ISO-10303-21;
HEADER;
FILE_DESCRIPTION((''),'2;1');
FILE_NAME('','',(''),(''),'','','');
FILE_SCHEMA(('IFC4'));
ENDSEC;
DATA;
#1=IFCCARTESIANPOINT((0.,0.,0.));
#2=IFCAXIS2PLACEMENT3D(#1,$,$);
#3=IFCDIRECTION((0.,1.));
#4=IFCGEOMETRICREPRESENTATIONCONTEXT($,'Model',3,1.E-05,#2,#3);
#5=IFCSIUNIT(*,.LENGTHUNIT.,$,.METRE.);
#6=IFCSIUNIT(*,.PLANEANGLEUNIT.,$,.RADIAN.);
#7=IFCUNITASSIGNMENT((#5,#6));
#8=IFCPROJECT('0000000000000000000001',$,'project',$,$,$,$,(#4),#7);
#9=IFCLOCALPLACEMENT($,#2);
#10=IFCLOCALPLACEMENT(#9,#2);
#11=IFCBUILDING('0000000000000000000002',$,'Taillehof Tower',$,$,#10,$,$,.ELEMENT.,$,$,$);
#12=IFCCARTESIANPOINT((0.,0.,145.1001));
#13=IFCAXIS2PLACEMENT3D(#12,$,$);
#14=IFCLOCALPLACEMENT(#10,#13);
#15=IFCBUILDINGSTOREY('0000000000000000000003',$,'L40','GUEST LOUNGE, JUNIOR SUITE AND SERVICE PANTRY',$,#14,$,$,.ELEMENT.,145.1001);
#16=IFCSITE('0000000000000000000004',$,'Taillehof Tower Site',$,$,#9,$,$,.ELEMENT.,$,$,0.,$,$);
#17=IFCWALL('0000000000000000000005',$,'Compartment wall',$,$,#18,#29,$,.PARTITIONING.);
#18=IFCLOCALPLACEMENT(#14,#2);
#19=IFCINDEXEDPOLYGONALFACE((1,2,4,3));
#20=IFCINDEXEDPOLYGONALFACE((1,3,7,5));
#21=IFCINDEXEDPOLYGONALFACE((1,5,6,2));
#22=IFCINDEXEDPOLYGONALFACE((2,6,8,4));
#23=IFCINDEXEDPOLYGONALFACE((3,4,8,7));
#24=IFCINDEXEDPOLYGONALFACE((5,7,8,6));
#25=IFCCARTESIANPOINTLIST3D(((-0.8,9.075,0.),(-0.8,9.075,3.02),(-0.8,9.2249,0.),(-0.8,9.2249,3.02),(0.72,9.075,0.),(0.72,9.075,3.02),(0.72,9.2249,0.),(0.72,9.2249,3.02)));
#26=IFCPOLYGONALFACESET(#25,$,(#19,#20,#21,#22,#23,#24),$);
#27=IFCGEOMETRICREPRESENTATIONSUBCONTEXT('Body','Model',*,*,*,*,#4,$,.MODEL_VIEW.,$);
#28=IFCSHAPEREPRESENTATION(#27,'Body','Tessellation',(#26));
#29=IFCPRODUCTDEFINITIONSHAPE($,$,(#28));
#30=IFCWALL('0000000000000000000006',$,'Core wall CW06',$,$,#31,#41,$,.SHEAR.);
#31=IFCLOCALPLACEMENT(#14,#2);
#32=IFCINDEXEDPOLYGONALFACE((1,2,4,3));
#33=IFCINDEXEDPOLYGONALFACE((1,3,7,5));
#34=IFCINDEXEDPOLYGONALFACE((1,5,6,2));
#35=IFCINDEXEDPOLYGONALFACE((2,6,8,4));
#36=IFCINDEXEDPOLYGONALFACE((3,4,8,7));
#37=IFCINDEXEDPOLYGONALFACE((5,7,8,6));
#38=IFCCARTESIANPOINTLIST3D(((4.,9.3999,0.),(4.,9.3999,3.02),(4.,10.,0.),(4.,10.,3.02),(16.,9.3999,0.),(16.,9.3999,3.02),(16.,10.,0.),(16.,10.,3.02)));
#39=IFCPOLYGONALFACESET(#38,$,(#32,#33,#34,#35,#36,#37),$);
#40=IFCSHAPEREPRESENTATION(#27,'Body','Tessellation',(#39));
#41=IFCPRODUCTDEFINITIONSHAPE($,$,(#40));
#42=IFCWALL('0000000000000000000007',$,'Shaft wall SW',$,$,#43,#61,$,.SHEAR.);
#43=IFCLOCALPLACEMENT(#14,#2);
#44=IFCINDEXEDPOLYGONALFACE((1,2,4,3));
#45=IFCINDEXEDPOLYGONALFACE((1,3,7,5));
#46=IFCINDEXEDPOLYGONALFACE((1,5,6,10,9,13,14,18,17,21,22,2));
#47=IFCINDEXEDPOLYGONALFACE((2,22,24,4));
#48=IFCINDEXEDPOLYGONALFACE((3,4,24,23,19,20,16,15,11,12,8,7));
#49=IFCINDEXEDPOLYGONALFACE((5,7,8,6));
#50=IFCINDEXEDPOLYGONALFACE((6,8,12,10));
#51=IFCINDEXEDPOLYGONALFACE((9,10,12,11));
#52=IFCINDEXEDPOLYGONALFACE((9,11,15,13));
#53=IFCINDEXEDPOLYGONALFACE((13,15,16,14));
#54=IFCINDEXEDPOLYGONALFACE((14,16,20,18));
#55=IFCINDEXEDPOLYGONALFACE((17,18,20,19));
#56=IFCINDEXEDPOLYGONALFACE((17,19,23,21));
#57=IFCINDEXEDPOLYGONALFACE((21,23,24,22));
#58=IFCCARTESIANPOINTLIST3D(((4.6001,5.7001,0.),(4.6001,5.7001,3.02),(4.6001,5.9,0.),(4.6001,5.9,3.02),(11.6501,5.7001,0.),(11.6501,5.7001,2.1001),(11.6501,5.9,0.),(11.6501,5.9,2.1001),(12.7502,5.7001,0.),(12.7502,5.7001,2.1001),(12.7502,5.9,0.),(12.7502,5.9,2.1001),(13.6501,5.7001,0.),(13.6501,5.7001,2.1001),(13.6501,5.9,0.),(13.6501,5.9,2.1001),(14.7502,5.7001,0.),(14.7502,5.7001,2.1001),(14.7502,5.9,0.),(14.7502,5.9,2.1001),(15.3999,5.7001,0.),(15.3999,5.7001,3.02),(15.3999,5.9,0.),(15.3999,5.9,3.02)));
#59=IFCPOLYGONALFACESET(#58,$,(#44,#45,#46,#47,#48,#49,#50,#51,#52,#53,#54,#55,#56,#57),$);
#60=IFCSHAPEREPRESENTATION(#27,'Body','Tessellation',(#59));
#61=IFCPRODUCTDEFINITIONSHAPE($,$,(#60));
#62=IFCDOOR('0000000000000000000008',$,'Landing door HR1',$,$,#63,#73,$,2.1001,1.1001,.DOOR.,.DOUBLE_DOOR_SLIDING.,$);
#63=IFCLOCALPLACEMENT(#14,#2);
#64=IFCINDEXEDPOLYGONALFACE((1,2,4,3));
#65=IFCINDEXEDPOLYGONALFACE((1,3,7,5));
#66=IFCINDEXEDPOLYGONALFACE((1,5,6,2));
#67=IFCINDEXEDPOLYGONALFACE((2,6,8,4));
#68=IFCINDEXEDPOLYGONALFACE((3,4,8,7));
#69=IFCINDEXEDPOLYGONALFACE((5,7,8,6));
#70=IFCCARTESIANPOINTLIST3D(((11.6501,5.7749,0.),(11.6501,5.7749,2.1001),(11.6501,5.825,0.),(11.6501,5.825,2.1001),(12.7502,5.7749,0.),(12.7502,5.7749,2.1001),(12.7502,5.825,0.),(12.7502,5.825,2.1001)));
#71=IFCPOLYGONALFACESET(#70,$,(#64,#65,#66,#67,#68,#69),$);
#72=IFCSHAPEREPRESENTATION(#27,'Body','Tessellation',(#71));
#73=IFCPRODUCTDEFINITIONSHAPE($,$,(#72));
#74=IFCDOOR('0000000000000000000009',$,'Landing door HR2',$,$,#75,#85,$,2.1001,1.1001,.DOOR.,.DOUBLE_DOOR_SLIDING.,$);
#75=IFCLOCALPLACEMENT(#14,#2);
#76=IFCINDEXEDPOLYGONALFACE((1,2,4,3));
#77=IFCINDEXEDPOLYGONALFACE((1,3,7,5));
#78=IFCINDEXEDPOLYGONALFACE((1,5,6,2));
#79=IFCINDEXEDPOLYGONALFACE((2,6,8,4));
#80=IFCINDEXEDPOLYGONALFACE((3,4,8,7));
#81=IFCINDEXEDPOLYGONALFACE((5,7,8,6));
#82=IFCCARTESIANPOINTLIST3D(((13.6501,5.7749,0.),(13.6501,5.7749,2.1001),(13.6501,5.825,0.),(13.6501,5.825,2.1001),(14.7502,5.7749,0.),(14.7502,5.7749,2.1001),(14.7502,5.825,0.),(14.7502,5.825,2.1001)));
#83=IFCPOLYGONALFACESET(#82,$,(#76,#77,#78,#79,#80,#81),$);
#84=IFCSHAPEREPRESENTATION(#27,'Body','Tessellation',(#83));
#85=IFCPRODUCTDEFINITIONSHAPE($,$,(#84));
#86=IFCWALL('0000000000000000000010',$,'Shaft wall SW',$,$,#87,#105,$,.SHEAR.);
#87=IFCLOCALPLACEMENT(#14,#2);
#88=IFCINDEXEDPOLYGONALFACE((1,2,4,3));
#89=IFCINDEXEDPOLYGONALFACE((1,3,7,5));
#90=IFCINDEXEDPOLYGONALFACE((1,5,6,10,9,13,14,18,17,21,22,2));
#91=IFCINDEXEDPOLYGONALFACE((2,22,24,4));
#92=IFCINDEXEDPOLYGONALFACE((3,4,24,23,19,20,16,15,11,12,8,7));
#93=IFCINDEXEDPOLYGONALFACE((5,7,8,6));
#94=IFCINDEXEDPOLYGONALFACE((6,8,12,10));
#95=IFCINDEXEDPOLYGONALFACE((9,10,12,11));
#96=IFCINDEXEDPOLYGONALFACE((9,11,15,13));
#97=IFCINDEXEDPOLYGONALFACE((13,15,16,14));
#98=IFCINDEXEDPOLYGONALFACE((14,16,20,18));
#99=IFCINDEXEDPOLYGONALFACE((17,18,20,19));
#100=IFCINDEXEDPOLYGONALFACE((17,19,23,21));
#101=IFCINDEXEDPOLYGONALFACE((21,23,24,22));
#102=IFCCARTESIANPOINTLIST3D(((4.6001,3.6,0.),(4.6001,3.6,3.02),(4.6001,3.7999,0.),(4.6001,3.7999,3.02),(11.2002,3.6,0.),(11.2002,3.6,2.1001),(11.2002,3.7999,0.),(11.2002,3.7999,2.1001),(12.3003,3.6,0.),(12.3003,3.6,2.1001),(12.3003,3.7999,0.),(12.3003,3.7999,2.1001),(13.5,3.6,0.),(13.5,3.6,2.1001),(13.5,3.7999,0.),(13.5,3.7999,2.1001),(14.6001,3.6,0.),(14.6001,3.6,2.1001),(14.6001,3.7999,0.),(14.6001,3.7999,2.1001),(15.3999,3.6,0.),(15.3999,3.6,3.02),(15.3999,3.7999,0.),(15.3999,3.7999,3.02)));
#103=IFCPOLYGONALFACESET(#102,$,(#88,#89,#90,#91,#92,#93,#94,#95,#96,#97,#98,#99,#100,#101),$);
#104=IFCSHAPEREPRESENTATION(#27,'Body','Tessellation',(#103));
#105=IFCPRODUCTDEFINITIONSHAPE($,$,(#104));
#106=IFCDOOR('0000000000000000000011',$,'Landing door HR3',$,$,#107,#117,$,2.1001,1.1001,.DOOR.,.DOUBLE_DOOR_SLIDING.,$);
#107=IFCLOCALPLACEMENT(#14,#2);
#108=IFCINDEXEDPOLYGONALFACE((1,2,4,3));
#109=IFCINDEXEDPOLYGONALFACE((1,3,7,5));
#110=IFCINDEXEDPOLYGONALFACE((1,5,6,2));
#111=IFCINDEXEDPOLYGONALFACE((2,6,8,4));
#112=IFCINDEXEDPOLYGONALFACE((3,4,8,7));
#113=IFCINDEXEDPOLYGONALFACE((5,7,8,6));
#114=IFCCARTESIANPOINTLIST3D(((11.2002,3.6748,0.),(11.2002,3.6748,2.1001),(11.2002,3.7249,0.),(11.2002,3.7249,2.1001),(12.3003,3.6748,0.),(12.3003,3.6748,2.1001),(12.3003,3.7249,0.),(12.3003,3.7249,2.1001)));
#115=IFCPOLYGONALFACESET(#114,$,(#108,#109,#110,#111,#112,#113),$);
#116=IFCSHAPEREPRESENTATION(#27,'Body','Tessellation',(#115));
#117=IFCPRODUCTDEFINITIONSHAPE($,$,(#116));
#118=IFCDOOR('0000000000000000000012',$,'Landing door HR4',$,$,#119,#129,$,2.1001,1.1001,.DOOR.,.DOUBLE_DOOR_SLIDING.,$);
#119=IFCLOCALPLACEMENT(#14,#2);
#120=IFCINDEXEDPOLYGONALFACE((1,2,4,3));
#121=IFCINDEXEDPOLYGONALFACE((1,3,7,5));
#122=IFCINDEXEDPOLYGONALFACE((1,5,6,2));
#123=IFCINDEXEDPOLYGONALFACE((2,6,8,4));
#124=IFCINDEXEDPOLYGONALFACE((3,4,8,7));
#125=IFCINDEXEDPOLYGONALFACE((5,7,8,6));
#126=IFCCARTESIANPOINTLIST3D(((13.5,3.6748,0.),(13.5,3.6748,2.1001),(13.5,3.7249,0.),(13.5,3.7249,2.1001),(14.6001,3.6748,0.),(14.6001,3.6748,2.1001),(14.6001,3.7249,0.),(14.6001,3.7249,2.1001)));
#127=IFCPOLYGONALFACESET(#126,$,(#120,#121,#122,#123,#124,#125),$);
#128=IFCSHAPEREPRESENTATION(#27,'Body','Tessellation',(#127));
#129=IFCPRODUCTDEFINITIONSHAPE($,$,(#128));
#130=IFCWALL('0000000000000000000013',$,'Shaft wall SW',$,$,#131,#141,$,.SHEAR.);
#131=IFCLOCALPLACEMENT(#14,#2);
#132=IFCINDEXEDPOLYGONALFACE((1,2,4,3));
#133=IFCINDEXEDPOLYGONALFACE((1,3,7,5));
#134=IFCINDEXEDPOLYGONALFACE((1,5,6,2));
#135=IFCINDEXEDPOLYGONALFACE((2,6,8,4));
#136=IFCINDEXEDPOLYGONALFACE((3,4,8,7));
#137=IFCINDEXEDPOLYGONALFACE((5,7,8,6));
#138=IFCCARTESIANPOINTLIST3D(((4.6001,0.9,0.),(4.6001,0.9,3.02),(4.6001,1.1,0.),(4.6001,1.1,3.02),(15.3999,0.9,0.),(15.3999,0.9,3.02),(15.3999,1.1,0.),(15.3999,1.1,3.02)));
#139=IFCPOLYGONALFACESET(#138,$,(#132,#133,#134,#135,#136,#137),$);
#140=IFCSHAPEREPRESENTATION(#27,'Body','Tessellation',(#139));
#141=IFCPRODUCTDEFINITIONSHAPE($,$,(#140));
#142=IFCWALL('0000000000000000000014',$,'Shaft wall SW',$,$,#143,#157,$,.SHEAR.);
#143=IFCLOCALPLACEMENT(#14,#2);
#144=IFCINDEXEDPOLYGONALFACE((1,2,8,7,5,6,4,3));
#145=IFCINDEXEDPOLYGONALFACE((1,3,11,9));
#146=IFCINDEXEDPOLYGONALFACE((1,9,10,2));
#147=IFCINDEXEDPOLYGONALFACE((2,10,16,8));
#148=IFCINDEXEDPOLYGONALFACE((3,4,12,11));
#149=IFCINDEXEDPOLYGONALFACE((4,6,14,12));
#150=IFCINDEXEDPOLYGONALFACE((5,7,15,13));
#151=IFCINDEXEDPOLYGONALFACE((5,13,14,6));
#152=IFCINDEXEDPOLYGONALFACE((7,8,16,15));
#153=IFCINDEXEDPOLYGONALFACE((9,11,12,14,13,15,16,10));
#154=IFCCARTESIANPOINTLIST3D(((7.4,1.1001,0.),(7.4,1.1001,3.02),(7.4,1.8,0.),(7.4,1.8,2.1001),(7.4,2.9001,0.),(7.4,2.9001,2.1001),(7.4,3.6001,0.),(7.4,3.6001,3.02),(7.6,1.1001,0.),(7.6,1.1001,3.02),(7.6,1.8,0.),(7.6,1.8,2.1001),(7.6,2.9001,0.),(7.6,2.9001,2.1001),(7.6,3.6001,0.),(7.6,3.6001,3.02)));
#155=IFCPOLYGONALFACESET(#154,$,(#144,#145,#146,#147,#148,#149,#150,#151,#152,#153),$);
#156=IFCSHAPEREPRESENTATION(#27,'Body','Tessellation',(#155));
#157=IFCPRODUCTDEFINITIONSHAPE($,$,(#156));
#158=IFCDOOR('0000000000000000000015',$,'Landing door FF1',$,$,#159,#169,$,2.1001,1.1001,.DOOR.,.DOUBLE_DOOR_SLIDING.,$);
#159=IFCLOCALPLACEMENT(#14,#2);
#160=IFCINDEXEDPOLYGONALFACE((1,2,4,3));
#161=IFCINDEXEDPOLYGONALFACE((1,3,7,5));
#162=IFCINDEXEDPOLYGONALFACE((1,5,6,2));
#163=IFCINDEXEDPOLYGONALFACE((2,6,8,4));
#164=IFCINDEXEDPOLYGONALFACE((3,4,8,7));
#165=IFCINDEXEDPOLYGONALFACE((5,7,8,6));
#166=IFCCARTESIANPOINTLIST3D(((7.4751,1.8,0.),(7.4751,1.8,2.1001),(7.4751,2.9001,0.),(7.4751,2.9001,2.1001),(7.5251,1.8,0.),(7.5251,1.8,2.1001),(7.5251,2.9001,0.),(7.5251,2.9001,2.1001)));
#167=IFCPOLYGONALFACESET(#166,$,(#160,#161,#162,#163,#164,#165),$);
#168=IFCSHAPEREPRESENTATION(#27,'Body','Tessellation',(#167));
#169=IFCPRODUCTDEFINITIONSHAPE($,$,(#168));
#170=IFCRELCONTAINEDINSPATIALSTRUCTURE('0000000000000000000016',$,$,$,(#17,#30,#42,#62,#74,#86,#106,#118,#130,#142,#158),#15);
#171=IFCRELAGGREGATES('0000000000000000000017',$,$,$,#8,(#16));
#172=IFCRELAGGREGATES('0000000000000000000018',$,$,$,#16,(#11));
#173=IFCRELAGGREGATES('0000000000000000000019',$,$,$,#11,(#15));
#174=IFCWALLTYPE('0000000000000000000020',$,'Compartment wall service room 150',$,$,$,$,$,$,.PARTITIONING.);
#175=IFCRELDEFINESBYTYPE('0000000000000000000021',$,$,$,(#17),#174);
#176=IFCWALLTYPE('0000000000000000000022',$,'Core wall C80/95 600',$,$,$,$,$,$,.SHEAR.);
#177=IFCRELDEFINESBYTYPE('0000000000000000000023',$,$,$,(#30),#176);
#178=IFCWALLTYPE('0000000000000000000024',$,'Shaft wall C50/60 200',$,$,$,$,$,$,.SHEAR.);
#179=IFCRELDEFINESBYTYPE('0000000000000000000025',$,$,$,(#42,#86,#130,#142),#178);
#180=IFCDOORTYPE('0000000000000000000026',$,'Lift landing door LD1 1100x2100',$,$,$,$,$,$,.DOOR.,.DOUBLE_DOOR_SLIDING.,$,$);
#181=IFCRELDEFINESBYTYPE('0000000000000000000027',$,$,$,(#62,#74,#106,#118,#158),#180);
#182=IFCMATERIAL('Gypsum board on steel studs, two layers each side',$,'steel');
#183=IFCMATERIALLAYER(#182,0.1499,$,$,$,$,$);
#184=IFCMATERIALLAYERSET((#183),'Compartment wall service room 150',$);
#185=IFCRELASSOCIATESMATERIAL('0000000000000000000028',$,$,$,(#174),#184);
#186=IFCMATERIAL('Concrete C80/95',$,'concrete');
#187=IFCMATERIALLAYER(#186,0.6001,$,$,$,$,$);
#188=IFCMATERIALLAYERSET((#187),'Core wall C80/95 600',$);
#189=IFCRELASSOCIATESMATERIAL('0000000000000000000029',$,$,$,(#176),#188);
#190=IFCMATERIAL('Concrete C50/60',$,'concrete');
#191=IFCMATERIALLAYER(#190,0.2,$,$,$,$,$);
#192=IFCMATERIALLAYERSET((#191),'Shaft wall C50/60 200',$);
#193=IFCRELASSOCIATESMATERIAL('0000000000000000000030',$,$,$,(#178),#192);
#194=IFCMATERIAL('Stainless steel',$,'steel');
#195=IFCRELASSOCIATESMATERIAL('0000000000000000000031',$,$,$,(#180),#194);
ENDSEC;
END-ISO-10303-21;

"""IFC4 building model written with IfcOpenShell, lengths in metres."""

from ifc_helpers import new_model, si_unit, direction, frame, frame_2d, origin, place, context, subcontext, project, spatial, rectangle, extrude, material, layer, layer_set, type_object, element, fill, save


model = new_model("IFC4")

# Units and contexts
model_context = context("Model", 3, precision=1e-05, world=origin(), true_north=direction((0.0, 1.0)))
body_context = subcontext(model_context, "Body", "Model", "MODEL_VIEW")
ifc_project = project(units=[si_unit("LENGTHUNIT", "METRE"), si_unit("PLANEANGLEUNIT", "RADIAN")], contexts=[model_context])

# Site, building, storey
site_placement = place(None, origin())
site = spatial("IfcSite", under=ifc_project, at=site_placement, Name="Taillehof Tower Site", CompositionType="ELEMENT", RefElevation=0.0)
building_placement = place(site_placement, origin())
building = spatial("IfcBuilding", under=site, at=building_placement, Name="Taillehof Tower", CompositionType="ELEMENT")
storey_placement = place(building_placement, frame((0.0, 0.0, 145.1001)))
storey = spatial("IfcBuildingStorey", under=building, at=storey_placement, Name="L40", Description="GUEST LOUNGE, JUNIOR SUITE AND SERVICE PANTRY", CompositionType="ELEMENT", Elevation=145.1001)

# Shared definitions
ifc_material_1 = material(Name="Gypsum board on steel studs, two layers each side", Category="steel")
ifc_layer_1 = layer(ifc_material_1, 0.1499)
ifc_layer_set_1 = layer_set([ifc_layer_1], Name="Compartment wall service room 150")
wall_type_1 = type_object("IfcWallType", Name="Compartment wall service room 150", PredefinedType="PARTITIONING", material=ifc_layer_set_1)

# Walls
wall_1_placement = place(storey_placement, frame((0.72, 9.1499, 0.0), z_axis=(0.0, 0.0, 1.0), x_axis=(-1.0, 0.0, 0.0)))
element("IfcWall", 1, at=wall_1_placement, inside=storey, type_object=wall_type_1, Name="Compartment wall", PredefinedType="PARTITIONING", context=body_context, shape_type="SweptSolid", body=[
    extrude(rectangle(XDim=1.52, YDim=0.1499, at=frame_2d((0.76, 0.0))), origin(), (0.0, 0.0, 1.0), 3.02),
])
ifc_material_2 = material(Name="Concrete C80/95", Category="concrete")
ifc_layer_2 = layer(ifc_material_2, 0.6001)
ifc_layer_set_2 = layer_set([ifc_layer_2], Name="Core wall C80/95 600")
wall_type_2 = type_object("IfcWallType", Name="Core wall C80/95 600", PredefinedType="SHEAR", material=ifc_layer_set_2)
wall_2_placement = place(storey_placement, frame((4.0, 9.7, 0.0), z_axis=(0.0, 0.0, 1.0), x_axis=(1.0, 0.0, 0.0)))
element("IfcWall", 2, at=wall_2_placement, inside=storey, type_object=wall_type_2, Name="Core wall CW06", PredefinedType="SHEAR", context=body_context, shape_type="SweptSolid", body=[
    extrude(rectangle(XDim=12.0, YDim=0.6001, at=frame_2d((6.0, 0.0))), origin(), (0.0, 0.0, 1.0), 3.02),
])

# Walls, openings, doors
ifc_material_3 = material(Name="Concrete C50/60", Category="concrete")
ifc_layer_3 = layer(ifc_material_3, 0.2)
ifc_layer_set_3 = layer_set([ifc_layer_3], Name="Shaft wall C50/60 200")
wall_type_3 = type_object("IfcWallType", Name="Shaft wall C50/60 200", PredefinedType="SHEAR", material=ifc_layer_set_3)
wall_3_placement = place(storey_placement, frame((4.6001, 5.8, 0.0), z_axis=(0.0, 0.0, 1.0), x_axis=(1.0, 0.0, 0.0)))
wall_3 = element("IfcWall", 3, at=wall_3_placement, inside=storey, type_object=wall_type_3, Name="Shaft wall SW", PredefinedType="SHEAR", context=body_context, shape_type="SweptSolid", body=[
    extrude(rectangle(XDim=10.7998, YDim=0.2, at=frame_2d((5.3999, 0.0))), origin(), (0.0, 0.0, 1.0), 3.02),
])
opening_1_placement = place(wall_3_placement, frame((7.05, 0.0, 0.0)))
opening_1 = element("IfcOpeningElement", 4, at=opening_1_placement, cuts=wall_3, PredefinedType="OPENING", context=body_context, shape_type="SweptSolid", body=[
    extrude(rectangle(XDim=1.1001, YDim=2.1001, at=frame_2d((0.55, 1.05))), frame((0.0, 0.1099, 0.0), z_axis=(0.0, -1.0, 0.0), x_axis=(1.0, 0.0, 0.0)), (0.0, 0.0, 1.0), 0.22),
])
opening_2_placement = place(wall_3_placement, frame((9.05, 0.0, 0.0)))
opening_2 = element("IfcOpeningElement", 5, at=opening_2_placement, cuts=wall_3, PredefinedType="OPENING", context=body_context, shape_type="SweptSolid", body=[
    extrude(rectangle(XDim=1.1001, YDim=2.1001, at=frame_2d((0.55, 1.05))), frame((0.0, 0.1099, 0.0), z_axis=(0.0, -1.0, 0.0), x_axis=(1.0, 0.0, 0.0)), (0.0, 0.0, 1.0), 0.22),
])
ifc_material_4 = material(Name="Stainless steel", Category="steel")
door_type_1 = type_object("IfcDoorType", Name="Lift landing door LD1 1100x2100", OperationType="DOUBLE_DOOR_SLIDING", PredefinedType="DOOR", material=ifc_material_4)
door_1_placement = place(opening_1_placement, origin())
door_1 = element("IfcDoor", 6, at=door_1_placement, inside=storey, type_object=door_type_1, Name="Landing door HR1", OperationType="DOUBLE_DOOR_SLIDING", OverallHeight=2.1001, OverallWidth=1.1001, PredefinedType="DOOR", context=body_context, shape_type="SweptSolid", body=[
    extrude(rectangle(XDim=1.1001, YDim=2.1001, at=frame_2d((0.55, 1.05))), frame((0.0, 0.0249, 0.0), z_axis=(0.0, -1.0, 0.0), x_axis=(1.0, 0.0, 0.0)), (0.0, 0.0, 1.0), 0.05),
])
fill(opening_1, door_1)
door_2_placement = place(opening_2_placement, origin())
door_2 = element("IfcDoor", 7, at=door_2_placement, inside=storey, type_object=door_type_1, Name="Landing door HR2", OperationType="DOUBLE_DOOR_SLIDING", OverallHeight=2.1001, OverallWidth=1.1001, PredefinedType="DOOR", context=body_context, shape_type="SweptSolid", body=[
    extrude(rectangle(XDim=1.1001, YDim=2.1001, at=frame_2d((0.55, 1.05))), frame((0.0, 0.0249, 0.0), z_axis=(0.0, -1.0, 0.0), x_axis=(1.0, 0.0, 0.0)), (0.0, 0.0, 1.0), 0.05),
])
fill(opening_2, door_2)
wall_4_placement = place(storey_placement, frame((4.6001, 3.7, 0.0), z_axis=(0.0, 0.0, 1.0), x_axis=(1.0, 0.0, 0.0)))
wall_4 = element("IfcWall", 8, at=wall_4_placement, inside=storey, type_object=wall_type_3, Name="Shaft wall SW", PredefinedType="SHEAR", context=body_context, shape_type="SweptSolid", body=[
    extrude(rectangle(XDim=10.7998, YDim=0.2, at=frame_2d((5.3999, 0.0))), origin(), (0.0, 0.0, 1.0), 3.02),
])
opening_3_placement = place(wall_4_placement, frame((6.6001, 0.0, 0.0)))
opening_3 = element("IfcOpeningElement", 9, at=opening_3_placement, cuts=wall_4, PredefinedType="OPENING", context=body_context, shape_type="SweptSolid", body=[
    extrude(rectangle(XDim=1.1001, YDim=2.1001, at=frame_2d((0.55, 1.05))), frame((0.0, 0.1099, 0.0), z_axis=(0.0, -1.0, 0.0), x_axis=(1.0, 0.0, 0.0)), (0.0, 0.0, 1.0), 0.22),
])
opening_4_placement = place(wall_4_placement, frame((8.8999, 0.0, 0.0)))
opening_4 = element("IfcOpeningElement", 10, at=opening_4_placement, cuts=wall_4, PredefinedType="OPENING", context=body_context, shape_type="SweptSolid", body=[
    extrude(rectangle(XDim=1.1001, YDim=2.1001, at=frame_2d((0.55, 1.05))), frame((0.0, 0.1099, 0.0), z_axis=(0.0, -1.0, 0.0), x_axis=(1.0, 0.0, 0.0)), (0.0, 0.0, 1.0), 0.22),
])
door_3_placement = place(opening_3_placement, origin())
door_3 = element("IfcDoor", 11, at=door_3_placement, inside=storey, type_object=door_type_1, Name="Landing door HR3", OperationType="DOUBLE_DOOR_SLIDING", OverallHeight=2.1001, OverallWidth=1.1001, PredefinedType="DOOR", context=body_context, shape_type="SweptSolid", body=[
    extrude(rectangle(XDim=1.1001, YDim=2.1001, at=frame_2d((0.55, 1.05))), frame((0.0, 0.0249, 0.0), z_axis=(0.0, -1.0, 0.0), x_axis=(1.0, 0.0, 0.0)), (0.0, 0.0, 1.0), 0.05),
])
fill(opening_3, door_3)
door_4_placement = place(opening_4_placement, origin())
door_4 = element("IfcDoor", 12, at=door_4_placement, inside=storey, type_object=door_type_1, Name="Landing door HR4", OperationType="DOUBLE_DOOR_SLIDING", OverallHeight=2.1001, OverallWidth=1.1001, PredefinedType="DOOR", context=body_context, shape_type="SweptSolid", body=[
    extrude(rectangle(XDim=1.1001, YDim=2.1001, at=frame_2d((0.55, 1.05))), frame((0.0, 0.0249, 0.0), z_axis=(0.0, -1.0, 0.0), x_axis=(1.0, 0.0, 0.0)), (0.0, 0.0, 1.0), 0.05),
])
fill(opening_4, door_4)

# Wall
wall_5_placement = place(storey_placement, frame((4.6001, 1.0, 0.0), z_axis=(0.0, 0.0, 1.0), x_axis=(1.0, 0.0, 0.0)))
element("IfcWall", 13, at=wall_5_placement, inside=storey, type_object=wall_type_3, Name="Shaft wall SW", PredefinedType="SHEAR", context=body_context, shape_type="SweptSolid", body=[
    extrude(rectangle(XDim=10.7998, YDim=0.2, at=frame_2d((5.3999, 0.0))), origin(), (0.0, 0.0, 1.0), 3.02),
])

# Wall, opening, door
wall_6_placement = place(storey_placement, frame((7.5, 1.1001, 0.0), z_axis=(0.0, 0.0, 1.0), x_axis=(0.0, 1.0, 0.0)))
wall_6 = element("IfcWall", 14, at=wall_6_placement, inside=storey, type_object=wall_type_3, Name="Shaft wall SW", PredefinedType="SHEAR", context=body_context, shape_type="SweptSolid", body=[
    extrude(rectangle(XDim=2.5, YDim=0.2, at=frame_2d((1.25, 0.0))), origin(), (0.0, 0.0, 1.0), 3.02),
])
opening_5_placement = place(wall_6_placement, frame((0.7, 0.0, 0.0)))
opening_5 = element("IfcOpeningElement", 15, at=opening_5_placement, cuts=wall_6, PredefinedType="OPENING", context=body_context, shape_type="SweptSolid", body=[
    extrude(rectangle(XDim=1.1001, YDim=2.1001, at=frame_2d((0.55, 1.05))), frame((0.0, 0.1099, 0.0), z_axis=(0.0, -1.0, 0.0), x_axis=(1.0, 0.0, 0.0)), (0.0, 0.0, 1.0), 0.22),
])
door_5_placement = place(opening_5_placement, origin())
door_5 = element("IfcDoor", 16, at=door_5_placement, inside=storey, type_object=door_type_1, Name="Landing door FF1", OperationType="DOUBLE_DOOR_SLIDING", OverallHeight=2.1001, OverallWidth=1.1001, PredefinedType="DOOR", context=body_context, shape_type="SweptSolid", body=[
    extrude(rectangle(XDim=1.1001, YDim=2.1001, at=frame_2d((0.55, 1.05))), frame((0.0, 0.0249, 0.0), z_axis=(0.0, -1.0, 0.0), x_axis=(1.0, 0.0, 0.0)), (0.0, 0.0, 1.0), 0.05),
])
fill(opening_5, door_5)

save(model, "model.ifc")
